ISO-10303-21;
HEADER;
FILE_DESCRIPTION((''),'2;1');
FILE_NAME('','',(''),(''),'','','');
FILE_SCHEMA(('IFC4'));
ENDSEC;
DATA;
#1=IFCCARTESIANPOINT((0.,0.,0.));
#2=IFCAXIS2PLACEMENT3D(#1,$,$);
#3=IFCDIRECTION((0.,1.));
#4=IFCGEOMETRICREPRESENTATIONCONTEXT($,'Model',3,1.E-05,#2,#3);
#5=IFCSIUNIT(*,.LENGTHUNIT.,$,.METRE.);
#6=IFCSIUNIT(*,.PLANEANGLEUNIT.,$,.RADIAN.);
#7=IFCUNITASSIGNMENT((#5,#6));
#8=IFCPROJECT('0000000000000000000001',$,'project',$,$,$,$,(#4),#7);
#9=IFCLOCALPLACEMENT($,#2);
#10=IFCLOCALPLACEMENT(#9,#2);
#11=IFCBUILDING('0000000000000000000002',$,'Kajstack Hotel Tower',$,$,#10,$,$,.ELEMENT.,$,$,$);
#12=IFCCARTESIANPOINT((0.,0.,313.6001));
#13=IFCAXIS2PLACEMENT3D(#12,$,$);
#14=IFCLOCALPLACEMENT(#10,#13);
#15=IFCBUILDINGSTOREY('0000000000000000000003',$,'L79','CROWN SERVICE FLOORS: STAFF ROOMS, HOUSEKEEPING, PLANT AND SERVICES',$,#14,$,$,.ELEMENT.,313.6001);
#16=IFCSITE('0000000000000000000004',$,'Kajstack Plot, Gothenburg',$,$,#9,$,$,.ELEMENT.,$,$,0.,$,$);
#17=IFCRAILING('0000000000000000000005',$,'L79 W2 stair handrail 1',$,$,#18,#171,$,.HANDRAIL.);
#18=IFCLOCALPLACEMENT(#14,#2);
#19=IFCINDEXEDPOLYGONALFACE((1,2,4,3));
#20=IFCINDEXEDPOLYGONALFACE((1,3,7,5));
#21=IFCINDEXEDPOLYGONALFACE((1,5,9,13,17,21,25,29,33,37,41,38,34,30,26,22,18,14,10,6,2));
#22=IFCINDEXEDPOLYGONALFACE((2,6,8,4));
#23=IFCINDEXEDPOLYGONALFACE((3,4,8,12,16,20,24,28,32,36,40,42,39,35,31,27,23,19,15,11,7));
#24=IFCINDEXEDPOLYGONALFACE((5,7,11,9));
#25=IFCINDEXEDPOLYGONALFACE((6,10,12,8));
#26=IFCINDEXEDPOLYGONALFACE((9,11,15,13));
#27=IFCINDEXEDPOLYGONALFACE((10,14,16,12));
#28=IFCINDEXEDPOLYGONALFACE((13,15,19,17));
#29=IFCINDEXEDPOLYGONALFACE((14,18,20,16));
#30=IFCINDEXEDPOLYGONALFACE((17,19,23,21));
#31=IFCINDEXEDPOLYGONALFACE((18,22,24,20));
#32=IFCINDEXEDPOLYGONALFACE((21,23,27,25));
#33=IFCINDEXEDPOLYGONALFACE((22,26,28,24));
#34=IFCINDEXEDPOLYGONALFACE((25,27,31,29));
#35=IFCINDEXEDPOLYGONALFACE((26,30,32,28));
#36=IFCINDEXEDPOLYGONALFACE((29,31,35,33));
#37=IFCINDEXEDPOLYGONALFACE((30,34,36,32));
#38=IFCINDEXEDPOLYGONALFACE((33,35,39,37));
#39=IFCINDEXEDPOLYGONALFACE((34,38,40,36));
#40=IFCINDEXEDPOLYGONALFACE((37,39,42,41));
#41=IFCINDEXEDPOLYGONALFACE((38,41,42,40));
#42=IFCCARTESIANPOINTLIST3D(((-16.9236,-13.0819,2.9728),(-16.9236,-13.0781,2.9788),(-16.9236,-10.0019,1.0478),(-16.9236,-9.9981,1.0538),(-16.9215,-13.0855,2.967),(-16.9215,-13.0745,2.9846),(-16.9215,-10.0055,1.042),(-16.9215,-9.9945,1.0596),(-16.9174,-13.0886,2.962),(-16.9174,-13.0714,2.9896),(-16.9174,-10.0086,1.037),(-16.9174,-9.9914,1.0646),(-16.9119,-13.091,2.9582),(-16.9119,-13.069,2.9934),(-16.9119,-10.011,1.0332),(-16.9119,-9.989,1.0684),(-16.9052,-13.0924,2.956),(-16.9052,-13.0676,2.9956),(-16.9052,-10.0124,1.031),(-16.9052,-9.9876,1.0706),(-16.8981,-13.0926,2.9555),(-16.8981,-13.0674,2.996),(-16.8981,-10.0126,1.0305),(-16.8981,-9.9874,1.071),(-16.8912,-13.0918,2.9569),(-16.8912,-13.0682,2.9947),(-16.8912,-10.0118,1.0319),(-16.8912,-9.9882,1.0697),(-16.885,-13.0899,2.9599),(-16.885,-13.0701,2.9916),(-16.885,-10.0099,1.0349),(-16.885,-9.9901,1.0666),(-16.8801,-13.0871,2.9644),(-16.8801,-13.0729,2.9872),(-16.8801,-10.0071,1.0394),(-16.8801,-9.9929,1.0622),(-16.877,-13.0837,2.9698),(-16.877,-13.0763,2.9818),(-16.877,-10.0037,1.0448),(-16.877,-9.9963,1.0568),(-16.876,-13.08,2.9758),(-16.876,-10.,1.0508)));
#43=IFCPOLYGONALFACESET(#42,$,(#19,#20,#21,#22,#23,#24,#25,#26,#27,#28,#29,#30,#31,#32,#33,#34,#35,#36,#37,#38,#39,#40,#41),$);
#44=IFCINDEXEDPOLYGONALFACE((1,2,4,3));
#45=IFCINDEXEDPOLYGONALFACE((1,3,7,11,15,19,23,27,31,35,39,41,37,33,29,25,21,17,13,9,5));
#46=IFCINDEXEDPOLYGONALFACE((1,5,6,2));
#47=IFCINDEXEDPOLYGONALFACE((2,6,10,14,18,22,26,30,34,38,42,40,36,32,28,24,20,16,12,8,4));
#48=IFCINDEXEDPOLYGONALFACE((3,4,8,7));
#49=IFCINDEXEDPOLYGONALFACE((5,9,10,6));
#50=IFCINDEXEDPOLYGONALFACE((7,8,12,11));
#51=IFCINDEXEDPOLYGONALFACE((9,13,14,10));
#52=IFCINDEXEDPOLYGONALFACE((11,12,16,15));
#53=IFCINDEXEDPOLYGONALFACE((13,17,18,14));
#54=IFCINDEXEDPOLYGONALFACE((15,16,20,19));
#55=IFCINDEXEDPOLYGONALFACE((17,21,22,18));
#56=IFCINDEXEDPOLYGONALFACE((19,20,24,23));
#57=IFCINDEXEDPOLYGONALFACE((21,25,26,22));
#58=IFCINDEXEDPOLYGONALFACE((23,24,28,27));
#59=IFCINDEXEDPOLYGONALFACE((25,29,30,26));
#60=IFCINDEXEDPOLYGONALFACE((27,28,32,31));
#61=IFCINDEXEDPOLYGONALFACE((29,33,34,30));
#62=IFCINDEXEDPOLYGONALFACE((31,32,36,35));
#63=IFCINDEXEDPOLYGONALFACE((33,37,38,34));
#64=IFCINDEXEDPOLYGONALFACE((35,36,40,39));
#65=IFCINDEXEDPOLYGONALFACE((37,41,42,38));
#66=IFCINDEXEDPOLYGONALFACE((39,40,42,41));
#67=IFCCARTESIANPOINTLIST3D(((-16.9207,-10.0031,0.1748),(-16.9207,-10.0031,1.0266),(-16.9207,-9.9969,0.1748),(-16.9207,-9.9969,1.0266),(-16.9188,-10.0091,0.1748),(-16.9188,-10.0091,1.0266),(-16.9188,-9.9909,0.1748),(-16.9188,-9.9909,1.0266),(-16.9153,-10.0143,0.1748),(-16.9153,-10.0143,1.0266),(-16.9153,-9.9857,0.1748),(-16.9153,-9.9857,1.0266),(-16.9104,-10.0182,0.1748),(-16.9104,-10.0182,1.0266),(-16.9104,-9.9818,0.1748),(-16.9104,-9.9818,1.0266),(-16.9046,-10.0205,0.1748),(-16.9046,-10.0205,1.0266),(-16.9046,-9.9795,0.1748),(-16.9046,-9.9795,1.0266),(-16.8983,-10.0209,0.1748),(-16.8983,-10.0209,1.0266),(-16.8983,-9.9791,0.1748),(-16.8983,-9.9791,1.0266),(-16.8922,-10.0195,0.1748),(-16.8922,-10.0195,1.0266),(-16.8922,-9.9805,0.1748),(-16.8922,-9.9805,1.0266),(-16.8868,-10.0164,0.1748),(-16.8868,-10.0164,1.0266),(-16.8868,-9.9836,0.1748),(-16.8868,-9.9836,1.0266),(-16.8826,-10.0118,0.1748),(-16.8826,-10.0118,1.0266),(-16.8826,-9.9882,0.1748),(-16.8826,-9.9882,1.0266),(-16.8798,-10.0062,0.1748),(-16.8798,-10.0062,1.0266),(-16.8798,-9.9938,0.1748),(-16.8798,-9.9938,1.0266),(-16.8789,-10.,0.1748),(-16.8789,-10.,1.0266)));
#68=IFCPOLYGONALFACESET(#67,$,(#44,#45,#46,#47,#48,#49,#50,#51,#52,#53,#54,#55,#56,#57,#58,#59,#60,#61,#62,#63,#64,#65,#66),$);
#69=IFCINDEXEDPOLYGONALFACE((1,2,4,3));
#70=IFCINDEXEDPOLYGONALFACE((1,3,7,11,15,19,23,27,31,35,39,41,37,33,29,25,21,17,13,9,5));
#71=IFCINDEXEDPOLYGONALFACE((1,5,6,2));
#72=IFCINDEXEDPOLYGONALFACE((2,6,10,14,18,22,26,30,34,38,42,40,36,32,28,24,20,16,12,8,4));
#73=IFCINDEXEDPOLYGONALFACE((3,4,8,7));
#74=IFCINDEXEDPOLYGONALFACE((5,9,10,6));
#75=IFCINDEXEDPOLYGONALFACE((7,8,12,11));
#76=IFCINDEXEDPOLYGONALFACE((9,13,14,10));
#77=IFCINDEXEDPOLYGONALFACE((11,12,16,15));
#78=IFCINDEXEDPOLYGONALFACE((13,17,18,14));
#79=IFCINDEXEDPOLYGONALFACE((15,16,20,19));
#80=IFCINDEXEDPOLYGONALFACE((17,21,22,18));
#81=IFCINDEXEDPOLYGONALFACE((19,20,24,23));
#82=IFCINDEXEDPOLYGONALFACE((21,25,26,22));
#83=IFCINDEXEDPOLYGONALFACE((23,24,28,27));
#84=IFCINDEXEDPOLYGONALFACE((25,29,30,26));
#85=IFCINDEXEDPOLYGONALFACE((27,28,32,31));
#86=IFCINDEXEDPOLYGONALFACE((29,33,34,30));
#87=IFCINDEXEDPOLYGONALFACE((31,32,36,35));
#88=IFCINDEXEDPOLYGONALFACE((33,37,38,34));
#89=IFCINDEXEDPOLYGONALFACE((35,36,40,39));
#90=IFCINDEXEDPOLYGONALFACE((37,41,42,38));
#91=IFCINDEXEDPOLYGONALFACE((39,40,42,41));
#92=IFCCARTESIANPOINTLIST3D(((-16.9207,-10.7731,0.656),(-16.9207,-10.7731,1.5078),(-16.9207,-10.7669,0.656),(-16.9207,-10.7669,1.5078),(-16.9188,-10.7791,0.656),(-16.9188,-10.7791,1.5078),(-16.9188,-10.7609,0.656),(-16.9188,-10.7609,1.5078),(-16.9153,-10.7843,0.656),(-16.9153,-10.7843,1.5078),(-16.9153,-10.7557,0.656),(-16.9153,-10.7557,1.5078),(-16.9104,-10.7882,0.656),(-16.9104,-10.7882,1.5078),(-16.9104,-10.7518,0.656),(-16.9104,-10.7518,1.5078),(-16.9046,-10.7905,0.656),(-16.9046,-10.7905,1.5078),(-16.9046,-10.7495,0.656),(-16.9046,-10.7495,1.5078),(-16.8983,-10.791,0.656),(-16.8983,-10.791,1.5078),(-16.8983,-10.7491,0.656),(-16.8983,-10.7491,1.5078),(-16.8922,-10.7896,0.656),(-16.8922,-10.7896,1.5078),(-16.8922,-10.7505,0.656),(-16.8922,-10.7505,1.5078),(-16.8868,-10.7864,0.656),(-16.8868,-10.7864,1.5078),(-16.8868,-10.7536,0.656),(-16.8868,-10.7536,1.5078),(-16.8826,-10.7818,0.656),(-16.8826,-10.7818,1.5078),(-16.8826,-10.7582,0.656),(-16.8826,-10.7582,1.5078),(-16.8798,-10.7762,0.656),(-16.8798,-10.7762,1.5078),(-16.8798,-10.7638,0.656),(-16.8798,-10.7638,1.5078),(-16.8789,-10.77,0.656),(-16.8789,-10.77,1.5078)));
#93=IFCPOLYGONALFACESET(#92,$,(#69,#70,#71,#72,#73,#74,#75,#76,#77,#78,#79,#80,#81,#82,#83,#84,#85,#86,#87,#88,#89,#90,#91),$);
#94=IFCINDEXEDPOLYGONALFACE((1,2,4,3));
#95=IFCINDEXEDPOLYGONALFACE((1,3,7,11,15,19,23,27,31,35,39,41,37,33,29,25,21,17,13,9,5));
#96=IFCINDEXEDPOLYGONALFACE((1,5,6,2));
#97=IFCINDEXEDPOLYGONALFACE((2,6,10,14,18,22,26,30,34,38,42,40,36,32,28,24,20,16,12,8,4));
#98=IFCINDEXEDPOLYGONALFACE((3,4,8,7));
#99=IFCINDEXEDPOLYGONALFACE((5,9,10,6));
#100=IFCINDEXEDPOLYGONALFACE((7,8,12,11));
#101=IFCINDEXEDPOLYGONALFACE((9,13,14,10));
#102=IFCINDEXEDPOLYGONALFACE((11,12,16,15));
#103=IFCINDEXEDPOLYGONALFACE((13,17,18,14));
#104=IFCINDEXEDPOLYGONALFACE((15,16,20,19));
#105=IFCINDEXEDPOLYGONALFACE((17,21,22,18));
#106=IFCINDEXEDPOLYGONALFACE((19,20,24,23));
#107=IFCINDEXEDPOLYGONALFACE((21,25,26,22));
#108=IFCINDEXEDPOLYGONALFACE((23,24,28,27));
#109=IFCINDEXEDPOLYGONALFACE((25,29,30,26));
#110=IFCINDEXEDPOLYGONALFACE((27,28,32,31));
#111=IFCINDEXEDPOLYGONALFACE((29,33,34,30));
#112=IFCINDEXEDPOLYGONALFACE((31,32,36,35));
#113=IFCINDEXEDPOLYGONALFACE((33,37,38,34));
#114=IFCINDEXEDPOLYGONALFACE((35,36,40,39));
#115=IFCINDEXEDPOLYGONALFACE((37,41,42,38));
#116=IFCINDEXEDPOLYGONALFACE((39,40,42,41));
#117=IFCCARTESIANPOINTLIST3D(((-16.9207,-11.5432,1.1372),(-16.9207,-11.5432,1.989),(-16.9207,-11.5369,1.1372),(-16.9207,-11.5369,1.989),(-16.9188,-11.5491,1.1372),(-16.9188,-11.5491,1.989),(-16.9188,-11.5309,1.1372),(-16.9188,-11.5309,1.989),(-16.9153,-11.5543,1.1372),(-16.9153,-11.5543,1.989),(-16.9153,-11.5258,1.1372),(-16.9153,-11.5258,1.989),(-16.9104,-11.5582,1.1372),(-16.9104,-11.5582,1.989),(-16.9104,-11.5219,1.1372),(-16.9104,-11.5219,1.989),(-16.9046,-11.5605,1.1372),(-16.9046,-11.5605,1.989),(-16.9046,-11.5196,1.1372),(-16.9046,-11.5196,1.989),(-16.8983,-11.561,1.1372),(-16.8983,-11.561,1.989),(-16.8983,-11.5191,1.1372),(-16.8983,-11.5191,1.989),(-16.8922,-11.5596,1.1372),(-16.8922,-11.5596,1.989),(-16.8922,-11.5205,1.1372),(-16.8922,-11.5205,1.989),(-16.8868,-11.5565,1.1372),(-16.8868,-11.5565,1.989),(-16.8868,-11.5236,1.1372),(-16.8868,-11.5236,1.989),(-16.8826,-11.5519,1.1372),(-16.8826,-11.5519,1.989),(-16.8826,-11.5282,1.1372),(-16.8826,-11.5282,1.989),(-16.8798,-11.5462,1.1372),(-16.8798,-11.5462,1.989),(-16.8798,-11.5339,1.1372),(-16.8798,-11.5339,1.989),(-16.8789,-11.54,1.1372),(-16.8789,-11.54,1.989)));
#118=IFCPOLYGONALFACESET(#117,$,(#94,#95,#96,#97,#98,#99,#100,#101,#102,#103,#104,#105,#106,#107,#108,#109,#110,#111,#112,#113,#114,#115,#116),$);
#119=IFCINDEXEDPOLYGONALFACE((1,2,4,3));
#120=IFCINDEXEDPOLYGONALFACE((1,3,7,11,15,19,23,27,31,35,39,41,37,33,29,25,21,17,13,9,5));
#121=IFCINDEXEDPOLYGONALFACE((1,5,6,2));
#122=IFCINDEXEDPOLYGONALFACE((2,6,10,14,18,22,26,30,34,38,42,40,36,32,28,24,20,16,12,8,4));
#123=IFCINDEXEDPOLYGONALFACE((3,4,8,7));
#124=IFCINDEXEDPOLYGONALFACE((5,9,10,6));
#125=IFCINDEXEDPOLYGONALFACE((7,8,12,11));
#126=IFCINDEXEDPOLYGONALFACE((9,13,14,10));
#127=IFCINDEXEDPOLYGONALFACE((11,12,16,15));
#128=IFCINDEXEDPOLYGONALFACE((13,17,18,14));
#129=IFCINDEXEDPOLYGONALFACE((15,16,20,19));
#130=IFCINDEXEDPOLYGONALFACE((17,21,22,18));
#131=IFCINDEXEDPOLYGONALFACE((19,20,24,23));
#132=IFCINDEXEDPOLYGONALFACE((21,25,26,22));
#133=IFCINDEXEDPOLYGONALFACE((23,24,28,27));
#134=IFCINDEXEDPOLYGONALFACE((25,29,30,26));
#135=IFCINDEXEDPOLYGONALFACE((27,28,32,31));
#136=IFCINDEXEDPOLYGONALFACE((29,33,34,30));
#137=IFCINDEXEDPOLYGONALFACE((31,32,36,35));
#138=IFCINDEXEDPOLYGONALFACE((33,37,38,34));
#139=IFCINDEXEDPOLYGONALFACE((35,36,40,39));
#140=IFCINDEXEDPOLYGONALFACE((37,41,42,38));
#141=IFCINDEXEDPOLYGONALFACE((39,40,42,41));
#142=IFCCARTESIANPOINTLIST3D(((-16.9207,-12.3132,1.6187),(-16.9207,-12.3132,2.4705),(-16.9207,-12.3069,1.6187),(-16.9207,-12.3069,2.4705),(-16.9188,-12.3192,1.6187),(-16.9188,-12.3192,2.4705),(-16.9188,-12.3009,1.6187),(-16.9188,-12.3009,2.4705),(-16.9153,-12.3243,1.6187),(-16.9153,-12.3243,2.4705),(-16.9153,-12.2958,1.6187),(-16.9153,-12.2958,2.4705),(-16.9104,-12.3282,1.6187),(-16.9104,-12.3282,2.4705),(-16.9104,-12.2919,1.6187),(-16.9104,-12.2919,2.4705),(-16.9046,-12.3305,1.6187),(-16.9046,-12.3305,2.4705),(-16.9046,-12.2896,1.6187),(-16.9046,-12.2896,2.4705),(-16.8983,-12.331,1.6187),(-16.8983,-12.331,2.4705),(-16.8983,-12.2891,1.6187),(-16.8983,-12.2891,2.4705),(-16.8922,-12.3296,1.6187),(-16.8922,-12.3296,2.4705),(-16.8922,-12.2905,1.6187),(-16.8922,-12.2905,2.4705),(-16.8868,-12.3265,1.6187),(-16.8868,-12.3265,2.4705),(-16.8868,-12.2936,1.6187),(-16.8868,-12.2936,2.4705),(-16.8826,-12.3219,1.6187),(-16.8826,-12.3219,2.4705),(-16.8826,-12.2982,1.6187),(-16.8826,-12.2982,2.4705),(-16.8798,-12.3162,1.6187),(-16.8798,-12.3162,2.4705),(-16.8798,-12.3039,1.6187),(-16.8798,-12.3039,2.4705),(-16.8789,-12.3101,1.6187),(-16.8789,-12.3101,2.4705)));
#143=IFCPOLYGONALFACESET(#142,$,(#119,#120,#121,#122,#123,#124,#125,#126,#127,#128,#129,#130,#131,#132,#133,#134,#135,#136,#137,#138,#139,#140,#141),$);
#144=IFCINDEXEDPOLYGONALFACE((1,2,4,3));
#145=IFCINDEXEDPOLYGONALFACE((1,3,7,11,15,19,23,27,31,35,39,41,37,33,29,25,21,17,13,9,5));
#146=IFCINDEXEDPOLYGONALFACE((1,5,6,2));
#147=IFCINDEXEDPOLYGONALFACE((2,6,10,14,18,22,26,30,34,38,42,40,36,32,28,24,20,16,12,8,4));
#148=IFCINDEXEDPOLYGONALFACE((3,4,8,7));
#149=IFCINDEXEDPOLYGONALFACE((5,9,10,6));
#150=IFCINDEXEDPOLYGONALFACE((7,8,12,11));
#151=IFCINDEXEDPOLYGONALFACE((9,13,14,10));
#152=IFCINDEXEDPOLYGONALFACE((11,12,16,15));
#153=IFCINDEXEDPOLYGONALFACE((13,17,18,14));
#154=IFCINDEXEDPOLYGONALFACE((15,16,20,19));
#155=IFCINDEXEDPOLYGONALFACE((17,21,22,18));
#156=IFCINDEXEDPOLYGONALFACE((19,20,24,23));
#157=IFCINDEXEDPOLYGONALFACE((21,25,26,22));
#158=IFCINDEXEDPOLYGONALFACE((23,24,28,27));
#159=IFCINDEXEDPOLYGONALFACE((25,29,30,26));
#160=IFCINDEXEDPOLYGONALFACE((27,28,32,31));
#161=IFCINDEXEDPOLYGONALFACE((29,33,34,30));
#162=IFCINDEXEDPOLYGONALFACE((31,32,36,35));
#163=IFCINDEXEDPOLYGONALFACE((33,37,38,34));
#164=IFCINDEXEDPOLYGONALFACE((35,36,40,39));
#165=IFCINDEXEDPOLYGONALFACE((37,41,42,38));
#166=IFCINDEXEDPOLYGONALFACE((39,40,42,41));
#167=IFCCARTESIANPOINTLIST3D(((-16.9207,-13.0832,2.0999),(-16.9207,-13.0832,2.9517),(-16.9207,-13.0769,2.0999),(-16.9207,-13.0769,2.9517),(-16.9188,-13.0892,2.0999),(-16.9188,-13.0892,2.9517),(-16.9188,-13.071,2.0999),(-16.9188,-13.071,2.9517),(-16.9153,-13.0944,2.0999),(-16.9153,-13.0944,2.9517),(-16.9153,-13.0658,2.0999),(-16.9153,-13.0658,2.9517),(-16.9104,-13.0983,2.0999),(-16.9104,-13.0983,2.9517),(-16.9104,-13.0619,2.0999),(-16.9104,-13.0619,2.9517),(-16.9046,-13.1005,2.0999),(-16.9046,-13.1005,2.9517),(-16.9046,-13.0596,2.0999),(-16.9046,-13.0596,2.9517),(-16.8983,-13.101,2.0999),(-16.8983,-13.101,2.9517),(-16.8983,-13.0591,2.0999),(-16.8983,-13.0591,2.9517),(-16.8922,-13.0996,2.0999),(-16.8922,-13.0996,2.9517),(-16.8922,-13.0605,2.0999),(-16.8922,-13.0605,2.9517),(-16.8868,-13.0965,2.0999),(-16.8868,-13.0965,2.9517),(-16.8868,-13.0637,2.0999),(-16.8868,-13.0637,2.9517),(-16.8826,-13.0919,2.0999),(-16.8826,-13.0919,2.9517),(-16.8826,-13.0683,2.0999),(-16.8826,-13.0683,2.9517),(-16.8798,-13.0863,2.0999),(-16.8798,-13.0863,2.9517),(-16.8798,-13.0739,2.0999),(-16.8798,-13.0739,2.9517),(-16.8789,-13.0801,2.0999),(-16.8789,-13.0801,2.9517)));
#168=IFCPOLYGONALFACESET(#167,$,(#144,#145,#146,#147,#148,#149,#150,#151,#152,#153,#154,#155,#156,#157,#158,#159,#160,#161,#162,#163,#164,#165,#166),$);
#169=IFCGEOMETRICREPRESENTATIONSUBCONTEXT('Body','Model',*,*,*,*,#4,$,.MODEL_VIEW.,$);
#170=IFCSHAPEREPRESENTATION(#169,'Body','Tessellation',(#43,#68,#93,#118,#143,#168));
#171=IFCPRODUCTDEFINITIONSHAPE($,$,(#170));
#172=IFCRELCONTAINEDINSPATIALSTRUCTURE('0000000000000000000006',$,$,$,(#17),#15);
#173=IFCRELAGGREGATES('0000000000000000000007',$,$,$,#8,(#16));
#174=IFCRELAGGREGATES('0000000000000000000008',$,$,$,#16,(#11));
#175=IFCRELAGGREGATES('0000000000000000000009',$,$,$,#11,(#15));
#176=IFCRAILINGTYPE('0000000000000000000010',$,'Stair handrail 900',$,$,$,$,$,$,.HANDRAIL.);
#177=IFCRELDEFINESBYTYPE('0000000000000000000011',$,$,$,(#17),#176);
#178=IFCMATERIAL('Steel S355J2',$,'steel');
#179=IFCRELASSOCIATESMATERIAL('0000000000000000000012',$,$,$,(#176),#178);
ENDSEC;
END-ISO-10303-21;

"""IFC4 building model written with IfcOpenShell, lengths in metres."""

from ifc_helpers import new_model, si_unit, direction, frame, origin, origin_2d, place, context, subcontext, project, spatial, circle, extrude, material, type_object, element, save


model = new_model("IFC4")

# Units and contexts
model_context = context("Model", 3, precision=1e-05, world=origin(), true_north=direction((0.0, 1.0)))
body_context = subcontext(model_context, "Body", "Model", "MODEL_VIEW")
ifc_project = project(units=[si_unit("LENGTHUNIT", "METRE"), si_unit("PLANEANGLEUNIT", "RADIAN")], contexts=[model_context])

# Site, building, storey
site_placement = place(None, origin())
site = spatial("IfcSite", under=ifc_project, at=site_placement, Name="Kajstack Plot, Gothenburg", CompositionType="ELEMENT", RefElevation=0.0)
building_placement = place(site_placement, origin())
building = spatial("IfcBuilding", under=site, at=building_placement, Name="Kajstack Hotel Tower", CompositionType="ELEMENT")
storey_placement = place(building_placement, frame((0.0, 0.0, 313.6001)))
storey = spatial("IfcBuildingStorey", under=building, at=storey_placement, Name="L79", Description="CROWN SERVICE FLOORS: STAFF ROOMS, HOUSEKEEPING, PLANT AND SERVICES", CompositionType="ELEMENT", Elevation=313.6001)

# Shared definitions
ifc_material_1 = material(Name="Steel S355J2", Category="steel")

# Railing
railing_type_1 = type_object("IfcRailingType", Name="Stair handrail 900", PredefinedType="HANDRAIL", material=ifc_material_1)
railing_1_placement = place(storey_placement, frame((-16.8999, -10.0, 0.1748)))
element("IfcRailing", 1, at=railing_1_placement, inside=storey, type_object=railing_type_1, Name="L79 W2 stair handrail 1", PredefinedType="HANDRAIL", context=body_context, shape_type="SweptSolid", body=[
    extrude(circle(Radius=0.0239, at=origin_2d()), frame((0.0, 0.0, 0.876), z_axis=(0.0, -0.847998, 0.529999), x_axis=(1.0, 0.0, 0.0)), (0.0, 0.0, 1.0), 3.6321),
    extrude(circle(Radius=0.021, at=origin_2d()), origin(), (0.0, 0.0, 1.0), 0.8518),
    extrude(circle(Radius=0.021, at=origin_2d()), frame((0.0, -0.77, 0.4812)), (0.0, 0.0, 1.0), 0.8518),
    extrude(circle(Radius=0.021, at=origin_2d()), frame((0.0, -1.54, 0.9624)), (0.0, 0.0, 1.0), 0.8518),
    extrude(circle(Radius=0.021, at=origin_2d()), frame((0.0, -2.3101, 1.4438)), (0.0, 0.0, 1.0), 0.8518),
    extrude(circle(Radius=0.021, at=origin_2d()), frame((0.0, -3.0801, 1.925)), (0.0, 0.0, 1.0), 0.8518),
])

save(model, "model.ifc")
